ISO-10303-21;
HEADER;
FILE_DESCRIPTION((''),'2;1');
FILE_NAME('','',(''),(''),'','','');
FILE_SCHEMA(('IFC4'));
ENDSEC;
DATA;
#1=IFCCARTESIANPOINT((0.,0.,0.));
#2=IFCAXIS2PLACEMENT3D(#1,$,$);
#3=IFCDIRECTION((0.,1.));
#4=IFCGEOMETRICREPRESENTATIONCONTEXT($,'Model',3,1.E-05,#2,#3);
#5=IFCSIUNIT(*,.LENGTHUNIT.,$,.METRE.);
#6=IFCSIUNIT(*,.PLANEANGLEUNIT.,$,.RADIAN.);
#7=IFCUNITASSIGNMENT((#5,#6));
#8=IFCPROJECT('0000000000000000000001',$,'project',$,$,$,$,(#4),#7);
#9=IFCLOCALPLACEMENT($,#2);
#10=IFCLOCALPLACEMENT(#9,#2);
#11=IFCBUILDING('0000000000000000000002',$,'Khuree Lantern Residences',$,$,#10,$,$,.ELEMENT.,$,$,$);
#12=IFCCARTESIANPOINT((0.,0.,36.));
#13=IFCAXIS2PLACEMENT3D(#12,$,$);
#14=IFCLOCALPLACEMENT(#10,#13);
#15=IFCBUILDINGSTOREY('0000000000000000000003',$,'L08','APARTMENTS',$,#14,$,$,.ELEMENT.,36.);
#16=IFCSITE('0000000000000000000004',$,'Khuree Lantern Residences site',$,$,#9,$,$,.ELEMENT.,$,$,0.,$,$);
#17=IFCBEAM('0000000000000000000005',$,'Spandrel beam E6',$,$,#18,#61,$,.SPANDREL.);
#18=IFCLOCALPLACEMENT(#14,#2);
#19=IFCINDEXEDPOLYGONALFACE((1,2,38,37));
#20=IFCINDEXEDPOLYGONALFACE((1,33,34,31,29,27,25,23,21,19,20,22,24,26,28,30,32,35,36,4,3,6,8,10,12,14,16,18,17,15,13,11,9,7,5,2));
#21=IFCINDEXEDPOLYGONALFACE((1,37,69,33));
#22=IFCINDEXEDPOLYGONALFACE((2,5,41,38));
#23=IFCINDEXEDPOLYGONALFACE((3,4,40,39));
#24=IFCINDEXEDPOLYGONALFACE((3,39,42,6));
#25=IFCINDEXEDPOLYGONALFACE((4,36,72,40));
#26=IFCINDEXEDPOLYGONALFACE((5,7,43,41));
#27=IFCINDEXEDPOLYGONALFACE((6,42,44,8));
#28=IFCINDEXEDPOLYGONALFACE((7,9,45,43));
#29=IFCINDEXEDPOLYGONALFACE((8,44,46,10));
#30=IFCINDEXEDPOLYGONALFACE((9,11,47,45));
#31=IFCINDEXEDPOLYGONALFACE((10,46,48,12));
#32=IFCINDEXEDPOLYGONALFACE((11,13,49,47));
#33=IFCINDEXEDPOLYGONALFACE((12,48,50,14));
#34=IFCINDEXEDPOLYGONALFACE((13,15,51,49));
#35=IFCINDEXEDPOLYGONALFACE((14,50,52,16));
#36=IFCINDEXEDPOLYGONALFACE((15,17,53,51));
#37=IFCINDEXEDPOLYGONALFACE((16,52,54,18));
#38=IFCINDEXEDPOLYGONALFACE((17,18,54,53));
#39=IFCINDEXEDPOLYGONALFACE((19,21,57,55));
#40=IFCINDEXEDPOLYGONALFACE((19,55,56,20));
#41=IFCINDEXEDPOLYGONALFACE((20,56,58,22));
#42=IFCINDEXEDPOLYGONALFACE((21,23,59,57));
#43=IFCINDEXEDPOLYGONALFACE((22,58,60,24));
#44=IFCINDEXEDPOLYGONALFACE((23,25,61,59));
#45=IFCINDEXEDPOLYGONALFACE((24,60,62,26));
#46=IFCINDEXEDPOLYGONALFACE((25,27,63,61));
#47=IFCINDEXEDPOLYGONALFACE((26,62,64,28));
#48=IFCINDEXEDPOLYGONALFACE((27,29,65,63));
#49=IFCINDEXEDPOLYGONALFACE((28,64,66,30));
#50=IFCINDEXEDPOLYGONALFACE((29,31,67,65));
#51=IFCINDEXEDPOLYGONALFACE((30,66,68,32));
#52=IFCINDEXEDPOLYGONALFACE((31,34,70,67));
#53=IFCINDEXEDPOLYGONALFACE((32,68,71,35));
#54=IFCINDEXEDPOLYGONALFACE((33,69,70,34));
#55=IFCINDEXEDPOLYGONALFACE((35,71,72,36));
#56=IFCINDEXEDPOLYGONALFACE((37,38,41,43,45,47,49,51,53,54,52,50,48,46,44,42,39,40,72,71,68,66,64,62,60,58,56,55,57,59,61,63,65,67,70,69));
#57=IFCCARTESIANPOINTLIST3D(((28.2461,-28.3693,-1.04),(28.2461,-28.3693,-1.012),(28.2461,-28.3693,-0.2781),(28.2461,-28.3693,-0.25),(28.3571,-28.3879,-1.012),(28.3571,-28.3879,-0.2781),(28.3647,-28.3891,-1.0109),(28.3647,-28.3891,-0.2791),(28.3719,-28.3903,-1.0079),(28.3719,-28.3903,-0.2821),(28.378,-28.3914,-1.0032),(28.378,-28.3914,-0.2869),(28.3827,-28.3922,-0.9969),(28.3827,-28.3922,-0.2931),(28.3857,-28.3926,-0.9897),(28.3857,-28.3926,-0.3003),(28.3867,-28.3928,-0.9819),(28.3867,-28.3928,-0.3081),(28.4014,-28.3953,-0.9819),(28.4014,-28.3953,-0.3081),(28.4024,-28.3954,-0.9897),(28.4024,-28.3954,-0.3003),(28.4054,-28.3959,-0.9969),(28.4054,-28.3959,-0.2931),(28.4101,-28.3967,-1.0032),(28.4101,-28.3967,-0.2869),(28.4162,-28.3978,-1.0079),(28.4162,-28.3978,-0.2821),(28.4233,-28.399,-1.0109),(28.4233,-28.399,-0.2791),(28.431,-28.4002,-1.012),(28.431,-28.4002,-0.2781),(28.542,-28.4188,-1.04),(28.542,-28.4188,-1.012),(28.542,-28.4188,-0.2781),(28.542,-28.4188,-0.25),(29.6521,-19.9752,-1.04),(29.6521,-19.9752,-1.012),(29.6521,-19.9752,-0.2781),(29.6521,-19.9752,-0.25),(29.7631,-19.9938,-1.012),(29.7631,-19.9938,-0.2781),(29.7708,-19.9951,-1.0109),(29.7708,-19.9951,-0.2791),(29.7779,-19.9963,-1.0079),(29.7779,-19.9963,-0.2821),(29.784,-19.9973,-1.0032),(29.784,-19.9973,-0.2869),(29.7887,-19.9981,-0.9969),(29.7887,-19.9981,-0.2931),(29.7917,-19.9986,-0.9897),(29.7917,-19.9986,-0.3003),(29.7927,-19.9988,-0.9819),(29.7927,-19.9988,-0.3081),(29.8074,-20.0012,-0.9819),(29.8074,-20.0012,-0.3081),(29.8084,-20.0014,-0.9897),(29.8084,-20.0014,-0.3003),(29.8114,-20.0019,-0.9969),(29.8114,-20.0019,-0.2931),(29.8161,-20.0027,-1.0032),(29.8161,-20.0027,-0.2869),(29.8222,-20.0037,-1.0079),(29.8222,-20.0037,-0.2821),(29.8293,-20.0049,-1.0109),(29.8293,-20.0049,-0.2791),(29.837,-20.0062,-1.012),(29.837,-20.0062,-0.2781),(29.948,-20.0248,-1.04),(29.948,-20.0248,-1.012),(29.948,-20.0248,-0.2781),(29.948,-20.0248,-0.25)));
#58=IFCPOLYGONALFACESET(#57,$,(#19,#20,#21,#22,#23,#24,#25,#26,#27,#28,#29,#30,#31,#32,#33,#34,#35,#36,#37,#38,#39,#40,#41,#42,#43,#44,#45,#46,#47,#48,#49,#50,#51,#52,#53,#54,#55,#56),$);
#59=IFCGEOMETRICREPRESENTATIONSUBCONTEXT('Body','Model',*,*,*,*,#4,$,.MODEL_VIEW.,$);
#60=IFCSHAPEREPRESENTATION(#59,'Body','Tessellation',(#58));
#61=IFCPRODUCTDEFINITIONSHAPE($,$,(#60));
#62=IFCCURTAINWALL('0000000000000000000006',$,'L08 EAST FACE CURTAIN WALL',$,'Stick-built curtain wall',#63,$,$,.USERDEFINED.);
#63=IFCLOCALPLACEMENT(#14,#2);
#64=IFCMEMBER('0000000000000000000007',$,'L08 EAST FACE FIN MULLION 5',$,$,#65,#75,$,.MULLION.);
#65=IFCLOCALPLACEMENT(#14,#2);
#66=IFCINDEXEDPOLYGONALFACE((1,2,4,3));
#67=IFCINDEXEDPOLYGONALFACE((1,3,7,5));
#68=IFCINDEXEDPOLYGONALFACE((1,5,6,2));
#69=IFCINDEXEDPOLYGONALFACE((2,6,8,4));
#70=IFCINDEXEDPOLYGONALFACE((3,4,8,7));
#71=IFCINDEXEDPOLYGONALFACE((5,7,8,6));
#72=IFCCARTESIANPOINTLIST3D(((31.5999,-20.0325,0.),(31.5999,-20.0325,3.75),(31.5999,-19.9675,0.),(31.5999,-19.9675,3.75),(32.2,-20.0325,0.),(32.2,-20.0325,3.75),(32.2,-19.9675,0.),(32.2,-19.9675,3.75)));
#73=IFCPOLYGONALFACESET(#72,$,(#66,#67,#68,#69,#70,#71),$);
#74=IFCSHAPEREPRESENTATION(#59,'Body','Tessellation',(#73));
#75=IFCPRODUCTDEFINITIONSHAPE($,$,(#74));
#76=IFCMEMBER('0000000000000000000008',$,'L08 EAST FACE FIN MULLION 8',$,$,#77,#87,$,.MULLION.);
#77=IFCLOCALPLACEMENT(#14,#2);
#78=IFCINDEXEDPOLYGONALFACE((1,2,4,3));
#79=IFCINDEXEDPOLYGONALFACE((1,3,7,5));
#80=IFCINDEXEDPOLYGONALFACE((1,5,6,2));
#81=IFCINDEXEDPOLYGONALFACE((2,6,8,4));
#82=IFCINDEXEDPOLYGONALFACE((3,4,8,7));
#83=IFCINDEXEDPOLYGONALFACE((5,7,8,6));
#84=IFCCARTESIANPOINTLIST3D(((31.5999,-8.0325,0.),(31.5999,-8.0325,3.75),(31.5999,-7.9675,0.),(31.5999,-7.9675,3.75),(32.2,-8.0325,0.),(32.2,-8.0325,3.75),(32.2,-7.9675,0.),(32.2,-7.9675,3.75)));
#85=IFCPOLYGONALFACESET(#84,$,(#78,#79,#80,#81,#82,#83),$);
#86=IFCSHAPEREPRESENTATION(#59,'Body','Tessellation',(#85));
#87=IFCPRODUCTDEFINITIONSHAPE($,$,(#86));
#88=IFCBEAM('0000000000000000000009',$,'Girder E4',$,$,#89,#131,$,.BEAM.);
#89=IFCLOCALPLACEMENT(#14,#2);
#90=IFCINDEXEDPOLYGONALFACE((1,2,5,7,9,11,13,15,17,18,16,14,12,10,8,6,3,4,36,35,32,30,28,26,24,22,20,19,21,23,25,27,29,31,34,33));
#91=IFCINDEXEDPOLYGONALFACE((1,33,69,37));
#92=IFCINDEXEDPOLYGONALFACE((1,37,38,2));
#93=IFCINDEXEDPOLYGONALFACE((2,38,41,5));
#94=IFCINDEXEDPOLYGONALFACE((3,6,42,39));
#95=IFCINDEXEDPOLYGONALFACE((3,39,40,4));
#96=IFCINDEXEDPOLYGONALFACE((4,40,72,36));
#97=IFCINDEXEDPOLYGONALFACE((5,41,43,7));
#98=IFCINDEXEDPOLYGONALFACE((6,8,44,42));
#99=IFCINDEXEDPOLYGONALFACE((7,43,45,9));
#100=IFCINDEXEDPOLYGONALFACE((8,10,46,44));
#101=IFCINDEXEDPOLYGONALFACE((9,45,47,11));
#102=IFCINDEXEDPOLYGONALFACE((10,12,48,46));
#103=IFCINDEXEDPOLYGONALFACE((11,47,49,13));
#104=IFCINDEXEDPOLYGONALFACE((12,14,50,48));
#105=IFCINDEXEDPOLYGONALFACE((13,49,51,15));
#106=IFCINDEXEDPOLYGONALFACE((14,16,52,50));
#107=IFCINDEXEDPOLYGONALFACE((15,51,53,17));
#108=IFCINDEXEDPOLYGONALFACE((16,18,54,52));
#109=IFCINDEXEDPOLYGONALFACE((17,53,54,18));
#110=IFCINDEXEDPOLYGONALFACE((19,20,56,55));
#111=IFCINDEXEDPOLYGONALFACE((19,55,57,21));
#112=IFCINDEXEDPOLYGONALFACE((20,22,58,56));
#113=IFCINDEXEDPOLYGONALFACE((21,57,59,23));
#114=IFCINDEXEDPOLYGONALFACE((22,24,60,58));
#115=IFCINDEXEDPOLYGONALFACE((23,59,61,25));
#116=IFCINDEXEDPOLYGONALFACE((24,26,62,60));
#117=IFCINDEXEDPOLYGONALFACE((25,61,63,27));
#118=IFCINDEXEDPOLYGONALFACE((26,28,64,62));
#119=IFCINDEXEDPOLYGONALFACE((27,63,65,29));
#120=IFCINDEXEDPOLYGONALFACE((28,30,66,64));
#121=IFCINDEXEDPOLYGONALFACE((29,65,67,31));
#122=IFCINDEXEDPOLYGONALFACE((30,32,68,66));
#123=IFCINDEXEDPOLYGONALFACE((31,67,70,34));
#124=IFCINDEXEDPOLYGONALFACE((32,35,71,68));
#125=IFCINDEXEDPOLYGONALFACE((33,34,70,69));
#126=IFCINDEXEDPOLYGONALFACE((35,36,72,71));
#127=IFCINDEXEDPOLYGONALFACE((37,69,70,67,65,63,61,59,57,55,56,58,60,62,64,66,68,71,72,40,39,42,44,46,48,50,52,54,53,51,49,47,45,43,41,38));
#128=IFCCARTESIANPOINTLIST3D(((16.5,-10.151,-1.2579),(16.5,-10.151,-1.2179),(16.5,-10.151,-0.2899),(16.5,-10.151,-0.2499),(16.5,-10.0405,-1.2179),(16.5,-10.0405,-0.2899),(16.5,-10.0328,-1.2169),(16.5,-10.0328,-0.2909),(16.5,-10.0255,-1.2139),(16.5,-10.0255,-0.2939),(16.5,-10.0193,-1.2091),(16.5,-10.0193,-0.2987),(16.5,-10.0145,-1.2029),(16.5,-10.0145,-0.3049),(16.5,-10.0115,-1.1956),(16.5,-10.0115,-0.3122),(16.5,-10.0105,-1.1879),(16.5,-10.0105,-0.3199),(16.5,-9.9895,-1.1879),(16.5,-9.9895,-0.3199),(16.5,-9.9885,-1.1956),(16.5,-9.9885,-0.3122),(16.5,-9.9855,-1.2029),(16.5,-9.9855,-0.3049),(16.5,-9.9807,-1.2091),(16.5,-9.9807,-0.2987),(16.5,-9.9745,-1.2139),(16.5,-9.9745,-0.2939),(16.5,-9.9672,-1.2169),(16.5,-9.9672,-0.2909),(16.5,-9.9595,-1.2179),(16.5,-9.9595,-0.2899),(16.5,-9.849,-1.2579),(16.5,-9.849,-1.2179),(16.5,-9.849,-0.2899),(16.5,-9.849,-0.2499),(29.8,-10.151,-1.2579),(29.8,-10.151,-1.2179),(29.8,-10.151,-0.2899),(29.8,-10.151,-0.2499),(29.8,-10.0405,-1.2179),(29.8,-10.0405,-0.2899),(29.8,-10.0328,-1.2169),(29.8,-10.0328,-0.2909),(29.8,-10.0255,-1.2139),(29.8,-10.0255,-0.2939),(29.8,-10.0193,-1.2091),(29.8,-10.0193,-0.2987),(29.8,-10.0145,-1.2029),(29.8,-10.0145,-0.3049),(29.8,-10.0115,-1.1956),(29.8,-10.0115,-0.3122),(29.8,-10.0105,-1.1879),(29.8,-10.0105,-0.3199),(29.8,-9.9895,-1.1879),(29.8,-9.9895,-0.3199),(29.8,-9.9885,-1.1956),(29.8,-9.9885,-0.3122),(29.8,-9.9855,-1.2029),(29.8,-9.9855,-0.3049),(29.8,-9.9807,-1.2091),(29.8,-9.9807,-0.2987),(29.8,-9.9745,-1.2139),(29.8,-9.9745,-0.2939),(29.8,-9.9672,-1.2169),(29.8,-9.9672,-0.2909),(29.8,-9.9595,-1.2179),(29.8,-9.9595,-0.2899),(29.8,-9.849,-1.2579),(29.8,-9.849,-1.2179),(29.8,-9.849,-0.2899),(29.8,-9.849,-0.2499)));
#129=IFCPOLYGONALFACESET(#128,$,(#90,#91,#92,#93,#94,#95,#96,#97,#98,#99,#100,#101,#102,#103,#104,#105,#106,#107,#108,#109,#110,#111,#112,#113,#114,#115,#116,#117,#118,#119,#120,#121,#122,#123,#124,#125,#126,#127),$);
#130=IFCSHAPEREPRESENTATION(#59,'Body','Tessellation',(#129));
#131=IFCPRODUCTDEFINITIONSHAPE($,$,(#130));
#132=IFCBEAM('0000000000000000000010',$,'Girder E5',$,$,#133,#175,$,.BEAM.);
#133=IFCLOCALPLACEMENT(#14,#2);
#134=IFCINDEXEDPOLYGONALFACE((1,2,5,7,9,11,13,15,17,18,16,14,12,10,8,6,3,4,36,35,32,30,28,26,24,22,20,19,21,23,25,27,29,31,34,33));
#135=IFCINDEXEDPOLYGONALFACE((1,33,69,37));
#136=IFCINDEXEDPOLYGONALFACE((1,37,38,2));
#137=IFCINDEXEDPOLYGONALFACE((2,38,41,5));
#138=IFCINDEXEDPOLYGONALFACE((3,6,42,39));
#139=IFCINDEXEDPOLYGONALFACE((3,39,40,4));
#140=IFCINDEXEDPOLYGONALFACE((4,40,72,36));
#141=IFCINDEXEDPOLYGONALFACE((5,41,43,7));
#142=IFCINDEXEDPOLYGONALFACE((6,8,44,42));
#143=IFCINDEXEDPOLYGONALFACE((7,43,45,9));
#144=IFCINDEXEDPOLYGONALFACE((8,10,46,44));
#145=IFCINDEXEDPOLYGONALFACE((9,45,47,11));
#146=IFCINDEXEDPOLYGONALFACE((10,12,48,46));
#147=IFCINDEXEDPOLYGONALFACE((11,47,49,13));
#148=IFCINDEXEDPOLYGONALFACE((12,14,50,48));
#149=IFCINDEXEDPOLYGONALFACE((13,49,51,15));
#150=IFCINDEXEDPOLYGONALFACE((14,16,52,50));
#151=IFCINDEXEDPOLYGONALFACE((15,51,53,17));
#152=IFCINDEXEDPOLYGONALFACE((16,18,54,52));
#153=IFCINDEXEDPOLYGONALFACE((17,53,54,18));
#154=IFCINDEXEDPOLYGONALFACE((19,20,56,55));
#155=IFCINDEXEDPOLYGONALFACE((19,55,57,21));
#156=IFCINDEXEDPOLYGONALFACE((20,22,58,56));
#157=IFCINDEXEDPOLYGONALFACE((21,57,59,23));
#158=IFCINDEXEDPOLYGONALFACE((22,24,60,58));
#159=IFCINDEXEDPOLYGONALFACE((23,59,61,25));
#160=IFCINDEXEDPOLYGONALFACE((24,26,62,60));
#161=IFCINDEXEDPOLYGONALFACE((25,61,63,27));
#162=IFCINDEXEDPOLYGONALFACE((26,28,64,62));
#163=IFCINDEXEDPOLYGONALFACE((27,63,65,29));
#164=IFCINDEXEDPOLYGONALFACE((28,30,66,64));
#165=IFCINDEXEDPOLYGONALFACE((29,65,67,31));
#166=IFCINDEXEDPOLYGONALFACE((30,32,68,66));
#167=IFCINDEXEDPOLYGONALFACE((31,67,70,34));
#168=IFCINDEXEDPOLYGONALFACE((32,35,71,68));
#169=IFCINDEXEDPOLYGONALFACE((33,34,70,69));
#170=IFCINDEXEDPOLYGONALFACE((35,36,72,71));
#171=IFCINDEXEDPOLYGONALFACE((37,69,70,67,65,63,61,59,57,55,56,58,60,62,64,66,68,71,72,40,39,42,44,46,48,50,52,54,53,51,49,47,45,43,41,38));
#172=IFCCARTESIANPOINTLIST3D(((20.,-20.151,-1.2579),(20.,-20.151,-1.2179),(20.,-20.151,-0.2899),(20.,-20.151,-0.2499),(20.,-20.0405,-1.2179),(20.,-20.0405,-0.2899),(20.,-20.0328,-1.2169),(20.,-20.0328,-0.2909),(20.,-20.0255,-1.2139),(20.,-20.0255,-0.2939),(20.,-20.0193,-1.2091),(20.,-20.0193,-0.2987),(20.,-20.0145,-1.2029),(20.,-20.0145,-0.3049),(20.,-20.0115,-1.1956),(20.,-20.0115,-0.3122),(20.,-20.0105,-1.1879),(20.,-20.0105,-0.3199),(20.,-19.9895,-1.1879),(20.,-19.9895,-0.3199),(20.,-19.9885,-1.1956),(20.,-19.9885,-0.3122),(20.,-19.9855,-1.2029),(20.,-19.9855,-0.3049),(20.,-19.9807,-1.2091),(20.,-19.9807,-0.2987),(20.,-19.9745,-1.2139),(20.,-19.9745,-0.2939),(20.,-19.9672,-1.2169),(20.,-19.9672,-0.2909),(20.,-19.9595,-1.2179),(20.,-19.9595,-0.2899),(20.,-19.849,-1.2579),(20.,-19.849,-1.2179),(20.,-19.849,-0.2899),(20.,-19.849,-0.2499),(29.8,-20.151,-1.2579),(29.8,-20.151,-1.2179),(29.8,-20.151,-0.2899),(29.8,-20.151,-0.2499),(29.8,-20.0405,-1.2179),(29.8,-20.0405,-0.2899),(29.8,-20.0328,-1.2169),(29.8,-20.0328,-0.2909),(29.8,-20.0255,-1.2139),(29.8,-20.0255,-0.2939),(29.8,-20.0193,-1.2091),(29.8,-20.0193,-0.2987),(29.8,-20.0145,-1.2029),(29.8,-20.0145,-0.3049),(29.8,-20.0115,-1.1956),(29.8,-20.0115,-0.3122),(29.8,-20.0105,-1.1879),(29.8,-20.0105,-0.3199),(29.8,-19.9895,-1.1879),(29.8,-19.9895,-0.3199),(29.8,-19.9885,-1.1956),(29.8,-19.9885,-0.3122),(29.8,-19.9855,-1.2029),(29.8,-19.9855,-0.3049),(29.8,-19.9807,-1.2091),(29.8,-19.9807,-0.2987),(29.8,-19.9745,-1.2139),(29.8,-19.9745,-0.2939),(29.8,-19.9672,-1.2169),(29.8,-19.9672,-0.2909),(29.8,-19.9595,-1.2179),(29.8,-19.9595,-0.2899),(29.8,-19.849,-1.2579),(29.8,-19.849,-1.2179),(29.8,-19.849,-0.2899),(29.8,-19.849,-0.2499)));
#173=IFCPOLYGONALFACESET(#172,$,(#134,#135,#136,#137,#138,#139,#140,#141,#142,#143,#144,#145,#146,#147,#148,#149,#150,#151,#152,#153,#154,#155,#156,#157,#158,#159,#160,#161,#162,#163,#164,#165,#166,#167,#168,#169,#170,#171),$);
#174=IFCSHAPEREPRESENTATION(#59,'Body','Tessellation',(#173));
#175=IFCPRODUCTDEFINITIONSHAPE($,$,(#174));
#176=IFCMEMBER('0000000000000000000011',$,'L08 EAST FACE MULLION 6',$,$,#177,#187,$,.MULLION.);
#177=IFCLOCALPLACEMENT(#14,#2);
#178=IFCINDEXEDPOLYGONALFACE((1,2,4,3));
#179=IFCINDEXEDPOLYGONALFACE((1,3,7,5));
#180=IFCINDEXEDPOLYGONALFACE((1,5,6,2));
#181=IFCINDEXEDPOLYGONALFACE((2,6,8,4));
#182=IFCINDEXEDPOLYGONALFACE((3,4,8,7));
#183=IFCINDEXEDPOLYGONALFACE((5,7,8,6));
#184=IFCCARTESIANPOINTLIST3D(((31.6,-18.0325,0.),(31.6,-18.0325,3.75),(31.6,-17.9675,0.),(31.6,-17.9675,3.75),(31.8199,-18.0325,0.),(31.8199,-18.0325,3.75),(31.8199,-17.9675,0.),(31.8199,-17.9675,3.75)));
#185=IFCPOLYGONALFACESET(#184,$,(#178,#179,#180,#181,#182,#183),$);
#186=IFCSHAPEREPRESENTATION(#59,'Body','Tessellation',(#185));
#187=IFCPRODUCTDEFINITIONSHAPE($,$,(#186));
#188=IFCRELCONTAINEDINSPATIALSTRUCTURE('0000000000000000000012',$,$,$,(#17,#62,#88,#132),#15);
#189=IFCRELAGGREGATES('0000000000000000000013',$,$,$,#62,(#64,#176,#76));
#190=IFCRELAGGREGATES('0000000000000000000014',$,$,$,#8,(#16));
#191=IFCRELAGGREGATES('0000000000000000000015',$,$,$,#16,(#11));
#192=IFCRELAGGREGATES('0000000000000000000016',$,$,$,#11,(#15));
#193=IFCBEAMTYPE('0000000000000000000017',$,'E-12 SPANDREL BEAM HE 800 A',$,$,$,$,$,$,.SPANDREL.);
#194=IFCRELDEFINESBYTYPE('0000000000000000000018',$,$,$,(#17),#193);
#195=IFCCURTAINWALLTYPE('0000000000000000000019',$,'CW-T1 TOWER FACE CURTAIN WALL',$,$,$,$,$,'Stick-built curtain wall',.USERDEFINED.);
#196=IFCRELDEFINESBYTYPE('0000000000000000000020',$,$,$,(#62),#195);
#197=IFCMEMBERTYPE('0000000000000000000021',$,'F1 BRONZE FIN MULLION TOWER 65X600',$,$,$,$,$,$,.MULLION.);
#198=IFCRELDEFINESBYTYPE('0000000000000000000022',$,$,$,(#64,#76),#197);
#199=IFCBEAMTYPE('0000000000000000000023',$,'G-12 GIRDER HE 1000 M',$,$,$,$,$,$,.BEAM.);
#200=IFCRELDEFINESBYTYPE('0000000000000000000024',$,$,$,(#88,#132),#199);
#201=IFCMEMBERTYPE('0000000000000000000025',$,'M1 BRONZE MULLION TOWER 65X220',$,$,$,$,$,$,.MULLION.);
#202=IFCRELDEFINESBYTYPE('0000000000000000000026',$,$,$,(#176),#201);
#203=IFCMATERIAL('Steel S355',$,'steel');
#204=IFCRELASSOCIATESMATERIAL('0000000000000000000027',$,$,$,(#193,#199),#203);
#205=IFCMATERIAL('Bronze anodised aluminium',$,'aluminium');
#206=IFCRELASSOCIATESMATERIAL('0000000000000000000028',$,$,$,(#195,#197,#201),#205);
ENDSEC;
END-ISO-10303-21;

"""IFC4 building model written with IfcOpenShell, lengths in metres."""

from ifc_helpers import new_model, si_unit, direction, frame, origin, origin_2d, place, context, subcontext, project, spatial, rectangle, i_section, extrude, material, material_profile, profile_set, type_object, element, aggregate, save


model = new_model("IFC4")

# Units and contexts
model_context = context("Model", 3, precision=1e-05, world=origin(), true_north=direction((0.0, 1.0)))
body_context = subcontext(model_context, "Body", "Model", "MODEL_VIEW")
ifc_project = project(units=[si_unit("LENGTHUNIT", "METRE"), si_unit("PLANEANGLEUNIT", "RADIAN")], contexts=[model_context])

# Site, building, storey
site_placement = place(None, origin())
site = spatial("IfcSite", under=ifc_project, at=site_placement, Name="Khuree Lantern Residences site", CompositionType="ELEMENT", RefElevation=0.0)
building_placement = place(site_placement, origin())
building = spatial("IfcBuilding", under=site, at=building_placement, Name="Khuree Lantern Residences", CompositionType="ELEMENT")
storey_placement = place(building_placement, frame((0.0, 0.0, 36.0)))
storey = spatial("IfcBuildingStorey", under=building, at=storey_placement, Name="L08", Description="APARTMENTS", CompositionType="ELEMENT", Elevation=36.0)

# Beam
ifc_material_1 = material(Name="Steel S355", Category="steel")
ifc_material_profile_1 = material_profile(ifc_material_1, i_section(OverallWidth=0.3, OverallDepth=0.79, WebThickness=0.0149, FlangeThickness=0.0281, FilletRadius=0.03, at=origin_2d()), Name="HE 800 A")
ifc_profile_set_1 = profile_set([ifc_material_profile_1], Name="Steel S355")
beam_type_1 = type_object("IfcBeamType", Name="E-12 SPANDREL BEAM HE 800 A", PredefinedType="SPANDREL", material=ifc_profile_set_1)
beam_1_placement = place(storey_placement, frame((29.8, -20.0, -0.645), z_axis=(-0.165199, -0.98626, 0.0), x_axis=(0.98626, -0.165199, 0.0)))
element("IfcBeam", 1, at=beam_1_placement, inside=storey, type_object=beam_type_1, Name="Spandrel beam E6", PredefinedType="SPANDREL", context=body_context, shape_type="SweptSolid", body=[
    extrude(i_section(OverallWidth=0.3, OverallDepth=0.79, WebThickness=0.0149, FlangeThickness=0.0281, FilletRadius=0.03, at=origin_2d()), origin(), (0.0, 0.0, 1.0), 8.511),
])

# Curtain wall, members
ifc_material_2 = material(Name="Bronze anodised aluminium", Category="aluminium")
curtain_wall_type = type_object("IfcCurtainWallType", Name="CW-T1 TOWER FACE CURTAIN WALL", ElementType="Stick-built curtain wall", PredefinedType="USERDEFINED", material=ifc_material_2)
curtain_wall_placement = place(storey_placement, origin())
curtain_wall = element("IfcCurtainWall", 2, at=curtain_wall_placement, inside=storey, type_object=curtain_wall_type, Name="L08 EAST FACE CURTAIN WALL", ObjectType="Stick-built curtain wall", PredefinedType="USERDEFINED")
ifc_material_profile_2 = material_profile(ifc_material_2, rectangle(XDim=0.0649, YDim=0.6001, at=origin_2d()), Name="F1 65X600")
ifc_profile_set_2 = profile_set([ifc_material_profile_2], Name="Bronze anodised aluminium")
member_type_1 = type_object("IfcMemberType", Name="F1 BRONZE FIN MULLION TOWER 65X600", PredefinedType="MULLION", material=ifc_profile_set_2)
member_1_placement = place(storey_placement, frame((31.8999, -20.0, 0.0), z_axis=(0.0, 0.0, 1.0), x_axis=(0.0, 1.0, 0.0)))
member_1 = element("IfcMember", 3, at=member_1_placement, type_object=member_type_1, Name="L08 EAST FACE FIN MULLION 5", PredefinedType="MULLION", context=body_context, shape_type="SweptSolid", body=[
    extrude(rectangle(XDim=0.0649, YDim=0.6001, at=origin_2d()), origin(), (0.0, 0.0, 1.0), 3.75),
])
member_2_placement = place(storey_placement, frame((31.8999, -8.0, 0.0), z_axis=(0.0, 0.0, 1.0), x_axis=(0.0, 1.0, 0.0)))
member_2 = element("IfcMember", 4, at=member_2_placement, type_object=member_type_1, Name="L08 EAST FACE FIN MULLION 8", PredefinedType="MULLION", context=body_context, shape_type="SweptSolid", body=[
    extrude(rectangle(XDim=0.0649, YDim=0.6001, at=origin_2d()), origin(), (0.0, 0.0, 1.0), 3.75),
])

# Beams
ifc_material_profile_3 = material_profile(ifc_material_1, i_section(OverallWidth=0.302, OverallDepth=1.0081, WebThickness=0.021, FlangeThickness=0.04, FilletRadius=0.03, at=origin_2d()), Name="HE 1000 M")
ifc_profile_set_3 = profile_set([ifc_material_profile_3], Name="Steel S355")
beam_type_2 = type_object("IfcBeamType", Name="G-12 GIRDER HE 1000 M", PredefinedType="BEAM", material=ifc_profile_set_3)
beam_2_placement = place(storey_placement, frame((29.8, -10.0, -0.7539), z_axis=(-1.0, 0.0, 0.0), x_axis=(0.0, -1.0, 0.0)))
element("IfcBeam", 5, at=beam_2_placement, inside=storey, type_object=beam_type_2, Name="Girder E4", PredefinedType="BEAM", context=body_context, shape_type="SweptSolid", body=[
    extrude(i_section(OverallWidth=0.302, OverallDepth=1.0081, WebThickness=0.021, FlangeThickness=0.04, FilletRadius=0.03, at=origin_2d()), origin(), (0.0, 0.0, 1.0), 13.3),
])
beam_3_placement = place(storey_placement, frame((29.8, -20.0, -0.7539), z_axis=(-1.0, 0.0, 0.0), x_axis=(0.0, -1.0, 0.0)))
element("IfcBeam", 6, at=beam_3_placement, inside=storey, type_object=beam_type_2, Name="Girder E5", PredefinedType="BEAM", context=body_context, shape_type="SweptSolid", body=[
    extrude(i_section(OverallWidth=0.302, OverallDepth=1.0081, WebThickness=0.021, FlangeThickness=0.04, FilletRadius=0.03, at=origin_2d()), origin(), (0.0, 0.0, 1.0), 9.8),
])

# Member
ifc_material_profile_4 = material_profile(ifc_material_2, rectangle(XDim=0.0649, YDim=0.22, at=origin_2d()), Name="M1 65X220")
ifc_profile_set_4 = profile_set([ifc_material_profile_4], Name="Bronze anodised aluminium")
member_type_2 = type_object("IfcMemberType", Name="M1 BRONZE MULLION TOWER 65X220", PredefinedType="MULLION", material=ifc_profile_set_4)
member_3_placement = place(storey_placement, frame((31.71, -18.0, 0.0), z_axis=(0.0, 0.0, 1.0), x_axis=(0.0, 1.0, 0.0)))
member_3 = element("IfcMember", 7, at=member_3_placement, type_object=member_type_2, Name="L08 EAST FACE MULLION 6", PredefinedType="MULLION", context=body_context, shape_type="SweptSolid", body=[
    extrude(rectangle(XDim=0.0649, YDim=0.22, at=origin_2d()), origin(), (0.0, 0.0, 1.0), 3.75),
])

aggregate(curtain_wall, [member_1, member_3, member_2])

save(model, "model.ifc")
